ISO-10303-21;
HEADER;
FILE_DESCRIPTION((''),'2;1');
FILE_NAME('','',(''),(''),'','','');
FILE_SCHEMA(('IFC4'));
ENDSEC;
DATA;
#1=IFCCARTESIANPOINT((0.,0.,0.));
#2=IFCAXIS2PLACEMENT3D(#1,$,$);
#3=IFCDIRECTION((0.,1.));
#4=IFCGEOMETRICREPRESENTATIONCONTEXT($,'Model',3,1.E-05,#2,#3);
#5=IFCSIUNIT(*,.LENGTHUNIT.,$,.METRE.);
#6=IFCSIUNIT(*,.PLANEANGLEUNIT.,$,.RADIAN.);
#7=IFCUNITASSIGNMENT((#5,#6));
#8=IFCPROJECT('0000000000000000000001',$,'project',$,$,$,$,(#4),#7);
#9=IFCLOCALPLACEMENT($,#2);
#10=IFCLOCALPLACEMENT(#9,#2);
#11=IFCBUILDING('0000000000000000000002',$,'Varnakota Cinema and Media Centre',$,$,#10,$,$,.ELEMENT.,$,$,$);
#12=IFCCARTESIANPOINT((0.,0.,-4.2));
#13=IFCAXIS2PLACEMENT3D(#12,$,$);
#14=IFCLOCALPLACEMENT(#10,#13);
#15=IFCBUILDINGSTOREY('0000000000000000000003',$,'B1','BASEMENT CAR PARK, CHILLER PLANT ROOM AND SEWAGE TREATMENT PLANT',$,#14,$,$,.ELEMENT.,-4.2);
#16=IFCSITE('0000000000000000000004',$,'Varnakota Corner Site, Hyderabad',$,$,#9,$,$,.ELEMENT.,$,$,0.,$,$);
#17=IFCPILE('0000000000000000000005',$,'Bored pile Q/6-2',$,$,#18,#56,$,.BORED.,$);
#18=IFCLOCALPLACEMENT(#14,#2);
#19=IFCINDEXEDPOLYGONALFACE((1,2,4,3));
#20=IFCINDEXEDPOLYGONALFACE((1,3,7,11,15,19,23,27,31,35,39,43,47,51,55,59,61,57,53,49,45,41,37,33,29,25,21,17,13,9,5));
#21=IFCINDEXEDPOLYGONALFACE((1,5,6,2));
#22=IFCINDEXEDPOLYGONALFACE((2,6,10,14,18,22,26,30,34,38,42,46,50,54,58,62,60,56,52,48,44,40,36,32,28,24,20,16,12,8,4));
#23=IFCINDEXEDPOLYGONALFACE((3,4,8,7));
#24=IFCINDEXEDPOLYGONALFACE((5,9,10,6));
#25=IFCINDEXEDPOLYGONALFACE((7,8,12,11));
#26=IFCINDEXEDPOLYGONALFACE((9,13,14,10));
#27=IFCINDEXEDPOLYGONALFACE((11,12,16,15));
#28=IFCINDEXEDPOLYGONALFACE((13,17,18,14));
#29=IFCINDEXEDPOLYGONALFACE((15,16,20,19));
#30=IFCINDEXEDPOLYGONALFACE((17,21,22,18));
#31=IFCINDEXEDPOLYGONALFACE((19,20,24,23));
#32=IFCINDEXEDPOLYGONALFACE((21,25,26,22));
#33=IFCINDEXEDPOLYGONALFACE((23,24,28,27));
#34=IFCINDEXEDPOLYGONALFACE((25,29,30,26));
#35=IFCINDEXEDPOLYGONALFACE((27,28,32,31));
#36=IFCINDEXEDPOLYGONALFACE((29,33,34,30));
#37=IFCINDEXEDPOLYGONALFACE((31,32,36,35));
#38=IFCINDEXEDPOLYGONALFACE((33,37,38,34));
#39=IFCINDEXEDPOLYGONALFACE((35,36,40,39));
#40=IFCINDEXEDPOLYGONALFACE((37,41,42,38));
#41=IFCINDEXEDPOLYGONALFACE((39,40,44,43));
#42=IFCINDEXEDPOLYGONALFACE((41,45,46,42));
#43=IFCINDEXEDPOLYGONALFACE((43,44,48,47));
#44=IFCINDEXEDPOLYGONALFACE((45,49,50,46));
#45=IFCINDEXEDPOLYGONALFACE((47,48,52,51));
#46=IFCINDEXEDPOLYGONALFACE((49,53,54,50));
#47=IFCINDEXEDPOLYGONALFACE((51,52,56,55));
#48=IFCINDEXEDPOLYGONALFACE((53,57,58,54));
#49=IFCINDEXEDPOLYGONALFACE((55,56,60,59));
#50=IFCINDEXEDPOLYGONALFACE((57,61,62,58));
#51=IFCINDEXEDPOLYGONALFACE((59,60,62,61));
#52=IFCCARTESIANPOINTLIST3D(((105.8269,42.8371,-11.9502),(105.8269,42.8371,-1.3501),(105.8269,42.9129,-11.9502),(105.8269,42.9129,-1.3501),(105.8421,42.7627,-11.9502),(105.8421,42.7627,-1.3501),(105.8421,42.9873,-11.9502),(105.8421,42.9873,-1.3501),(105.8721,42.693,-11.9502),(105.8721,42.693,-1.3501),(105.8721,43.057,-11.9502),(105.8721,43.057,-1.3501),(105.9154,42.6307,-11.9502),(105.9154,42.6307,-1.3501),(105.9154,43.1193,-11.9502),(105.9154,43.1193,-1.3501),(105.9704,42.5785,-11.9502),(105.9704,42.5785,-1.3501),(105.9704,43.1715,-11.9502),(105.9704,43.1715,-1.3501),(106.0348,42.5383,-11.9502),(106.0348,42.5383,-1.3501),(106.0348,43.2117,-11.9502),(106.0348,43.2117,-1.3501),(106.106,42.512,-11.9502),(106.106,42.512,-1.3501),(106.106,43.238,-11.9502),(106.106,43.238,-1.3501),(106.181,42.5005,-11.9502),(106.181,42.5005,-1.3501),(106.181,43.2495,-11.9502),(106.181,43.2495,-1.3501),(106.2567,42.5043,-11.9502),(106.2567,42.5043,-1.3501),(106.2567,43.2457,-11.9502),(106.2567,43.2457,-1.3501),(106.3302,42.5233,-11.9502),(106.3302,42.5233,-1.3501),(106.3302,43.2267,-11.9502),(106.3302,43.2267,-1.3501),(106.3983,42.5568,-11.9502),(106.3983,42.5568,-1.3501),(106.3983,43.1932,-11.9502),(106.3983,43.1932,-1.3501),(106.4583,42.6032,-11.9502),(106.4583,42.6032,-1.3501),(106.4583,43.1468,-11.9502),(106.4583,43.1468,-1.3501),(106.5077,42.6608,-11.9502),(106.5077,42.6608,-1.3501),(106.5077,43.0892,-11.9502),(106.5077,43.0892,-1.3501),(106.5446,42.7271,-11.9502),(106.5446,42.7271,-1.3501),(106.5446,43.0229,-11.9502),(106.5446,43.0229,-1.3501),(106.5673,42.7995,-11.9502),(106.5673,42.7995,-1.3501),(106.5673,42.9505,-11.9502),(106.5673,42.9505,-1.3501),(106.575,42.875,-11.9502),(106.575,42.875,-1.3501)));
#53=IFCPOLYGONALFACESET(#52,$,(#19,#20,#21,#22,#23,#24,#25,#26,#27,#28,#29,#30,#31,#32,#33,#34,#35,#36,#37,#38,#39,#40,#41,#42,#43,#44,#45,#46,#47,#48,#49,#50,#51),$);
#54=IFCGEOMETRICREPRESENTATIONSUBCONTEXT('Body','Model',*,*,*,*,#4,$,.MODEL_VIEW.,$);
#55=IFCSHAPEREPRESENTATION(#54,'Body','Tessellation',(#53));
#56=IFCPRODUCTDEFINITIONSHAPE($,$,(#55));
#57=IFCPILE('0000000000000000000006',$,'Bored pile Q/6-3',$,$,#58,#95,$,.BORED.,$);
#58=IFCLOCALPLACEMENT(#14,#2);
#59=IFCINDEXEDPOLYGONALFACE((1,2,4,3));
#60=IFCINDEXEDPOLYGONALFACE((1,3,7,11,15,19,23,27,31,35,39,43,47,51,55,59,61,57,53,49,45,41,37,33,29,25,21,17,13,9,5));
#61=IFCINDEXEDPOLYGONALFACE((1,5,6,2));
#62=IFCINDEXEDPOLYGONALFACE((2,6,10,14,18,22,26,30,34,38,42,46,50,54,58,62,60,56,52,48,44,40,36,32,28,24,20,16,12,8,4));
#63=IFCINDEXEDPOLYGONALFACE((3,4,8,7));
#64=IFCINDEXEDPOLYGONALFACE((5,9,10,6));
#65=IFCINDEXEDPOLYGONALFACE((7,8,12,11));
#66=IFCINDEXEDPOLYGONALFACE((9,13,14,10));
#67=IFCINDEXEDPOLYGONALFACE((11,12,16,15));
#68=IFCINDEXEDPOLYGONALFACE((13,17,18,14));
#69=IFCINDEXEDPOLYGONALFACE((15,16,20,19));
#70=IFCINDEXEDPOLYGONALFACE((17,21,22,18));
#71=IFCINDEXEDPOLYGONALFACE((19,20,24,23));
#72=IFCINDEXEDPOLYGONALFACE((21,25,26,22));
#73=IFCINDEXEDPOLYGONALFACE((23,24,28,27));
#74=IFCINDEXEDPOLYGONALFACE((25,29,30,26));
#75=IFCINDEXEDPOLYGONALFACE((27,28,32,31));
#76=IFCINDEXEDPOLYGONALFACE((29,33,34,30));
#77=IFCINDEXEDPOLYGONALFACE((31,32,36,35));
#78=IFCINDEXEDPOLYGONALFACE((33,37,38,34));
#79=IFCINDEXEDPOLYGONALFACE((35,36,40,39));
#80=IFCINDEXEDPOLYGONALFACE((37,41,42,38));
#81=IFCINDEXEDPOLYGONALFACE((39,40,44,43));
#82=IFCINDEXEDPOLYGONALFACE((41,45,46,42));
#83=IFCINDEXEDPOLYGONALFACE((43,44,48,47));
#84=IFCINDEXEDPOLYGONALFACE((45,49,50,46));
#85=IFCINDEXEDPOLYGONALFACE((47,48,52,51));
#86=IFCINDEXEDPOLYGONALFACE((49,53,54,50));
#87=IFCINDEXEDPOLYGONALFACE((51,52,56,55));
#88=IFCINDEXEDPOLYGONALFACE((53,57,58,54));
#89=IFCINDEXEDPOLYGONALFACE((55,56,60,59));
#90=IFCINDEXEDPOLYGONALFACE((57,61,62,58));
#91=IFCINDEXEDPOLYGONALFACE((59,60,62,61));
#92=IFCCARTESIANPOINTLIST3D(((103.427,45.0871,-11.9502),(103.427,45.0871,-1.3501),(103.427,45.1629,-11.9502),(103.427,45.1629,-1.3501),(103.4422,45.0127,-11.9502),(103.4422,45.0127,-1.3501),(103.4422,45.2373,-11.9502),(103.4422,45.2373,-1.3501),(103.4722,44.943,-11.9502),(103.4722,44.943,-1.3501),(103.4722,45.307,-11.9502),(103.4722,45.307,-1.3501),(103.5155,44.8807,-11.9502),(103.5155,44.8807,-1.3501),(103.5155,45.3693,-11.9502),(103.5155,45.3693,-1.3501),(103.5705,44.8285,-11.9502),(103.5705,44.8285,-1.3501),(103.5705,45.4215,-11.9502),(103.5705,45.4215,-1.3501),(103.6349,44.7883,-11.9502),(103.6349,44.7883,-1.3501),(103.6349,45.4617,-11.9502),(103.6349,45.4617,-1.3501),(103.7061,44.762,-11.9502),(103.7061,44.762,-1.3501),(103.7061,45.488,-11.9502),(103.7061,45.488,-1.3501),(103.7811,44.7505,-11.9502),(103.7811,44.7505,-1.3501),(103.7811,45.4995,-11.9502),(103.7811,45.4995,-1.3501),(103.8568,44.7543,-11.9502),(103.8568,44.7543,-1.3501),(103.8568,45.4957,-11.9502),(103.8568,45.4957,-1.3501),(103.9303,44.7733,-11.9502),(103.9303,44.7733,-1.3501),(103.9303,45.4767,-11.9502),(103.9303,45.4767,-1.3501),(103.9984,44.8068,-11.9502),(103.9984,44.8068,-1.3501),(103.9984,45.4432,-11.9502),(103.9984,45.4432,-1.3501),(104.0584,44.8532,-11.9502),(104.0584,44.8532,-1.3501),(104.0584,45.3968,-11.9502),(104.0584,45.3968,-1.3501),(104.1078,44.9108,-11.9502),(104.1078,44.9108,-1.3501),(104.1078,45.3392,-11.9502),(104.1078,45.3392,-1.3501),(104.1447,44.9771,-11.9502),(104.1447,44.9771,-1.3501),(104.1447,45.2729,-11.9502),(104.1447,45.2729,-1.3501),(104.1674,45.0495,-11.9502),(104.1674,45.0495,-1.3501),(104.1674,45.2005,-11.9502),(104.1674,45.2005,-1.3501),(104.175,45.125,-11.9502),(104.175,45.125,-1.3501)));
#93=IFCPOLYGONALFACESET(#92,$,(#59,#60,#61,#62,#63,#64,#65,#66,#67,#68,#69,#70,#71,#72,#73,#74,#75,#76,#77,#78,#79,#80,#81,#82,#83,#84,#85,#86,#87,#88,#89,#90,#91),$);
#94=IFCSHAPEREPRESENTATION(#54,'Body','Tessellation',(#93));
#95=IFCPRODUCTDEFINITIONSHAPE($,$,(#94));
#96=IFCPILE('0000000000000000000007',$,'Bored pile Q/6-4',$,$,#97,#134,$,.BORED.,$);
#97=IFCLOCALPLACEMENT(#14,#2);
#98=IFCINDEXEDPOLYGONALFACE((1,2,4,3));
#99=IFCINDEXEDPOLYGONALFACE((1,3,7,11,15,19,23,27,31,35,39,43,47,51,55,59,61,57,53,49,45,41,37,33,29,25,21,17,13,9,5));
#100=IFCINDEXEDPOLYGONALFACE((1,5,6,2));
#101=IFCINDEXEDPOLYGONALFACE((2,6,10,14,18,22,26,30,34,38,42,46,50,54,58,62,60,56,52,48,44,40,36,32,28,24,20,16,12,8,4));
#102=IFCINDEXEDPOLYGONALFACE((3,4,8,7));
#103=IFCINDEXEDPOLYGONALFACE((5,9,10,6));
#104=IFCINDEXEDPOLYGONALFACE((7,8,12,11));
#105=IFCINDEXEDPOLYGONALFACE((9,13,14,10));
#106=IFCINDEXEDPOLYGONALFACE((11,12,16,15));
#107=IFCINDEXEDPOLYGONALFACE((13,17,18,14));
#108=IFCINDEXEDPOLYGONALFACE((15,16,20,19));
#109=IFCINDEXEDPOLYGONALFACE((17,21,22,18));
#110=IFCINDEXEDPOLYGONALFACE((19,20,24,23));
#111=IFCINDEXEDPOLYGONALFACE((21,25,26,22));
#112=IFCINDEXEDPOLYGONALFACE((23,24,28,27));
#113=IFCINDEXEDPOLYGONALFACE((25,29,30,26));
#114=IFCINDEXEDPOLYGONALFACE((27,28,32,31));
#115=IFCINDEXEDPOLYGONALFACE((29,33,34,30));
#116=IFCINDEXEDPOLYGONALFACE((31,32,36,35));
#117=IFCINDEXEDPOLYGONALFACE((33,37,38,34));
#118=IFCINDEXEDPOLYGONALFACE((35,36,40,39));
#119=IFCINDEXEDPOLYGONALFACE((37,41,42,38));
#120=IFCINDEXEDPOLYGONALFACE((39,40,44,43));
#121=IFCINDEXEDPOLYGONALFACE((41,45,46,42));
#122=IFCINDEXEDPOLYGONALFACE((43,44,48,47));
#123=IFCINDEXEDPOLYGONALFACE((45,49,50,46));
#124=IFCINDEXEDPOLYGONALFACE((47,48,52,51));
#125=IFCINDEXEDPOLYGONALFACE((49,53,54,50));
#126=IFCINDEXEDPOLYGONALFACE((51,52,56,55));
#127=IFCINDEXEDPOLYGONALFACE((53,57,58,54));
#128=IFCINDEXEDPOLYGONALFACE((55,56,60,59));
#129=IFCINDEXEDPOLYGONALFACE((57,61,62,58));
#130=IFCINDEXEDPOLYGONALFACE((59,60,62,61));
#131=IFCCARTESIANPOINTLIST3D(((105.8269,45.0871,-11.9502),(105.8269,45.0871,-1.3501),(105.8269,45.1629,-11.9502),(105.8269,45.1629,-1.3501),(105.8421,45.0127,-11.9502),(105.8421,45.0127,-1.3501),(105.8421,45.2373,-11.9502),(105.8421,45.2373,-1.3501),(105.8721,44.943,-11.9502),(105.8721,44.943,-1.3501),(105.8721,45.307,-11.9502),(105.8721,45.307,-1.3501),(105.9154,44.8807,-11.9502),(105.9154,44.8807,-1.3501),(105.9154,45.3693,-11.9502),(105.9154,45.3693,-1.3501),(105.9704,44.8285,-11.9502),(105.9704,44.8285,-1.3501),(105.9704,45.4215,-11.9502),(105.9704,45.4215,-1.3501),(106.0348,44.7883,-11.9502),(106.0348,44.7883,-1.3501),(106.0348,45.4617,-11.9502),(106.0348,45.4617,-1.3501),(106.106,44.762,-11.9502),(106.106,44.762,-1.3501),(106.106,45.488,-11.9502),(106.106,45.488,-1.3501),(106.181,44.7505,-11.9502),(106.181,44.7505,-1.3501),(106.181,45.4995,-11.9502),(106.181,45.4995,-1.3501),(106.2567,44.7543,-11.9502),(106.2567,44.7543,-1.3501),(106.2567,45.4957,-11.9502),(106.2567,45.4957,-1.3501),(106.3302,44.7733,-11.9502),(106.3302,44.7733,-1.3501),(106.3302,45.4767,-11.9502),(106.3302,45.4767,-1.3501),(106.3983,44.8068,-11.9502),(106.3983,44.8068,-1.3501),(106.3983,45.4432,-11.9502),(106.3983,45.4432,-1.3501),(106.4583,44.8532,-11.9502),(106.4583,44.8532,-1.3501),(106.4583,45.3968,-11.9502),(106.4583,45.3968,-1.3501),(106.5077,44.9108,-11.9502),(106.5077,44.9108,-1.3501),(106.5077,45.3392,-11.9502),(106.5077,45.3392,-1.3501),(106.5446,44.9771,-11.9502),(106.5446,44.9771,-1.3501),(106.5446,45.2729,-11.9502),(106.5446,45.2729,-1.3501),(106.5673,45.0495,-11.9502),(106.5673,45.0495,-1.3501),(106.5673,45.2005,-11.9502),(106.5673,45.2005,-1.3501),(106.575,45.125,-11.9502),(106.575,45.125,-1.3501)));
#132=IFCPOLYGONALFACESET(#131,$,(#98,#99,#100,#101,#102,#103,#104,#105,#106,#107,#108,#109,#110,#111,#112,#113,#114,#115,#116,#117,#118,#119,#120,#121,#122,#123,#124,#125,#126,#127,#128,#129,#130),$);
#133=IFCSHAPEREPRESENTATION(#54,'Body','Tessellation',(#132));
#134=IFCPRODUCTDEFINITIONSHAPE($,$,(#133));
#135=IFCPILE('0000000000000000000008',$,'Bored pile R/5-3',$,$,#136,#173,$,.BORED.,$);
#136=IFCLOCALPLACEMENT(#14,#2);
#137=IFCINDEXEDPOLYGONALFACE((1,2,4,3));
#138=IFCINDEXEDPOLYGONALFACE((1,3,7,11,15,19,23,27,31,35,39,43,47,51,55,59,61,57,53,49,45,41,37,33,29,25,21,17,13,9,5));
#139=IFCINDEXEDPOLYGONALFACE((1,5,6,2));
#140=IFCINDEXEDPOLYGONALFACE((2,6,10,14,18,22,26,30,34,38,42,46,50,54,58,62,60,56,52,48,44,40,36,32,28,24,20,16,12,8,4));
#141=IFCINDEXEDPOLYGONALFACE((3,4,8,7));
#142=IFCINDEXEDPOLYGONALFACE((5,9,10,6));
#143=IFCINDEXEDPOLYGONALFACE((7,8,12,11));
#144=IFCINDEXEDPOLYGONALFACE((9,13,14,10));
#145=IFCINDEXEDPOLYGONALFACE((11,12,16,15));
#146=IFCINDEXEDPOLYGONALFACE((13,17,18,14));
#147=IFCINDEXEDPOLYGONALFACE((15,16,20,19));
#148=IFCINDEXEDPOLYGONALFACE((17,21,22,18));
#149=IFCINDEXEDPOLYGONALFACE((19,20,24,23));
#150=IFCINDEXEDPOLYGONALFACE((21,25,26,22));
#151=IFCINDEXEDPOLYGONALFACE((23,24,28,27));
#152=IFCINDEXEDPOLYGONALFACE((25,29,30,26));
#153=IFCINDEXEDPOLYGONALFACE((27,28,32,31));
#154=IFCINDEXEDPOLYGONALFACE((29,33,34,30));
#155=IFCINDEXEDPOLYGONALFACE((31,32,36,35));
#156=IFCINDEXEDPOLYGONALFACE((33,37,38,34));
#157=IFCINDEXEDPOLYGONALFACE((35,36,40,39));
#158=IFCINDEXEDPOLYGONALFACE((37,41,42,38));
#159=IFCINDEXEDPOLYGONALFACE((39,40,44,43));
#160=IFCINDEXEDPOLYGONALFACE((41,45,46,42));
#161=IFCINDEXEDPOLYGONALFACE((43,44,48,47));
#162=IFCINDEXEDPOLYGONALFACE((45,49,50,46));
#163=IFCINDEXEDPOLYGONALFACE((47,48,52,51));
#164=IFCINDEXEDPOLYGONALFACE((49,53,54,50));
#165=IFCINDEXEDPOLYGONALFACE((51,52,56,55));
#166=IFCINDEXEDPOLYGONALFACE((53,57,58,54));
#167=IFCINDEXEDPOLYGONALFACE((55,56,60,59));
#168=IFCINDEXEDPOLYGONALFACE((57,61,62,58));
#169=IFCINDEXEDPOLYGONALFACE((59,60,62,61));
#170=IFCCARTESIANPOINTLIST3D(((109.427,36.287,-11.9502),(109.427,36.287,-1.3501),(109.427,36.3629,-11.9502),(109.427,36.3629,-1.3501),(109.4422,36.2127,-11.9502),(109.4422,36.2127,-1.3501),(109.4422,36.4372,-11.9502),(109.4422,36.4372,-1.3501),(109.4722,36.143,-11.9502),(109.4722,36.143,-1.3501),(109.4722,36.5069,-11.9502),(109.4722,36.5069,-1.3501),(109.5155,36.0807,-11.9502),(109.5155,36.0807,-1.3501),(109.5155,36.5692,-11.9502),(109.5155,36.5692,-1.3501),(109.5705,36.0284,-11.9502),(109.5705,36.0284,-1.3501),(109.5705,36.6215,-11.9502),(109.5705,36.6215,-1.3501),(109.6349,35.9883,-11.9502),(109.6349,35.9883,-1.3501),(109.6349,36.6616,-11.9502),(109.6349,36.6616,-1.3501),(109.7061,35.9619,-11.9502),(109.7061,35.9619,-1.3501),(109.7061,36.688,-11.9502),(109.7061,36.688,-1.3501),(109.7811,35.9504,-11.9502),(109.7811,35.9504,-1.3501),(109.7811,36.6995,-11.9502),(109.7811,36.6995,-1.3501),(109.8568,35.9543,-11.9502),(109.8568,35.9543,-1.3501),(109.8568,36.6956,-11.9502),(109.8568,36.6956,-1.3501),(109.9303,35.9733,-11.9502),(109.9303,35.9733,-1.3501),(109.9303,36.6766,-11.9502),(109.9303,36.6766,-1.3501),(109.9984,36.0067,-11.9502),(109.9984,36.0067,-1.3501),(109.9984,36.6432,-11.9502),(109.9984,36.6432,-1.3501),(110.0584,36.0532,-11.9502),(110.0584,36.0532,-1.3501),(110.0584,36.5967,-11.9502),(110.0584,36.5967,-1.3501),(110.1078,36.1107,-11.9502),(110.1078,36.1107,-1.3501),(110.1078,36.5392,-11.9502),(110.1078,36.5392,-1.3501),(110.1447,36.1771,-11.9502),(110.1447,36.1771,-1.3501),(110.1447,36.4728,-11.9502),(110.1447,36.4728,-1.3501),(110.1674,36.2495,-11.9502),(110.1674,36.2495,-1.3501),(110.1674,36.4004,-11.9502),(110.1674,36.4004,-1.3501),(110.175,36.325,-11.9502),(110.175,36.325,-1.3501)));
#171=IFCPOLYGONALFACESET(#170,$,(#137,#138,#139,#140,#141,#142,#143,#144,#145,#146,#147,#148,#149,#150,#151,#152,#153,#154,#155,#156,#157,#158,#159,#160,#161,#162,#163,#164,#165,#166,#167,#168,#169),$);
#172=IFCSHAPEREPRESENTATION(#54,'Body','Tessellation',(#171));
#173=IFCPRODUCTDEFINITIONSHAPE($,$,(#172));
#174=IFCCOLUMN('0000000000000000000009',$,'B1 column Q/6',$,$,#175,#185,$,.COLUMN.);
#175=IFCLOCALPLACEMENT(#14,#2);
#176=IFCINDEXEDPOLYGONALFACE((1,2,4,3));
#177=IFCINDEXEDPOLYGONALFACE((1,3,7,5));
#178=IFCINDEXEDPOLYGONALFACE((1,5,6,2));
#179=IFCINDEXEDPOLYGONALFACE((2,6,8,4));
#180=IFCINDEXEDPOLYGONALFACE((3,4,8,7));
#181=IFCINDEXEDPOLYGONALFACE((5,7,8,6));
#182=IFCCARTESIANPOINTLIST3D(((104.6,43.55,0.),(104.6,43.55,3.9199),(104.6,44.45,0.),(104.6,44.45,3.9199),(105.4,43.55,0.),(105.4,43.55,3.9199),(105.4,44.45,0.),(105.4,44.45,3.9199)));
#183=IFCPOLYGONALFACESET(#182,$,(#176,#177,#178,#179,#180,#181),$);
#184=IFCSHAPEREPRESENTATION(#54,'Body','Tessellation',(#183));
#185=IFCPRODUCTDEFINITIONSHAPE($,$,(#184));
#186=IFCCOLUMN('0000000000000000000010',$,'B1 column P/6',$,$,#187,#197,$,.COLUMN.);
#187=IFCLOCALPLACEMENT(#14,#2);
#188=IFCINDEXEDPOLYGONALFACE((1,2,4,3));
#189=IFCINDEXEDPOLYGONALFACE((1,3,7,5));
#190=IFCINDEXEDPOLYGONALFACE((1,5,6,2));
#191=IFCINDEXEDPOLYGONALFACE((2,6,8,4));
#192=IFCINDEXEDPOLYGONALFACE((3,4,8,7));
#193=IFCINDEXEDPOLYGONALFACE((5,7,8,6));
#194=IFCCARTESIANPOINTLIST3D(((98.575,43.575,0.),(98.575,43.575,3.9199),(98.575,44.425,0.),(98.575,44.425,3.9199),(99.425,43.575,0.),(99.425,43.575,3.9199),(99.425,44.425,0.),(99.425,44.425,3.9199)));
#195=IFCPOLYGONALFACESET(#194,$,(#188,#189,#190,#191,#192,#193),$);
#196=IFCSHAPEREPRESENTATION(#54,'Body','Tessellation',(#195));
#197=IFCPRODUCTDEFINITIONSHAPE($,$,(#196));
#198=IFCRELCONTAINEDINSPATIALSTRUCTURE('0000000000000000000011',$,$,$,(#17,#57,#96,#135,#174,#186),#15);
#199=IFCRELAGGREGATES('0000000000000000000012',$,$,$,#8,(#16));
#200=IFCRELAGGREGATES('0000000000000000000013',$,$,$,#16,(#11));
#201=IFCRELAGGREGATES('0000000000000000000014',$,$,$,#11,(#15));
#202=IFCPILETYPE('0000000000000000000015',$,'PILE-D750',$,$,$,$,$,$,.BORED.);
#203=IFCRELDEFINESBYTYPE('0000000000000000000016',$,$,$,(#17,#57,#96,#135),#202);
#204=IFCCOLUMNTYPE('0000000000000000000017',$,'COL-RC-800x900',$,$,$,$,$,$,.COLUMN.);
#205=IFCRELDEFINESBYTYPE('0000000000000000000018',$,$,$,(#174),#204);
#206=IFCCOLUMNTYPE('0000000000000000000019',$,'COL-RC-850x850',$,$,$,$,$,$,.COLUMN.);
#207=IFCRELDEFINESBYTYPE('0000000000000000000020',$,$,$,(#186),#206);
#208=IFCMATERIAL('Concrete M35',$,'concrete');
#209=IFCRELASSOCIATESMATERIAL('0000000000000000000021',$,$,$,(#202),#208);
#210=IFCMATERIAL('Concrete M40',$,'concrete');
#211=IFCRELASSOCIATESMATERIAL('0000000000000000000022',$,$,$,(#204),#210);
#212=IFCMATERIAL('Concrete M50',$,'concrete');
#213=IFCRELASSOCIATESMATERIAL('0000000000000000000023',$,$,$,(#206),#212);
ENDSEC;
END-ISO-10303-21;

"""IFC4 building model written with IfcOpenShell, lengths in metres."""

from ifc_helpers import new_model, si_unit, direction, frame, origin, origin_2d, place, context, subcontext, project, spatial, rectangle, circle, extrude, material, material_profile, profile_set, type_object, element, save


model = new_model("IFC4")

# Units and contexts
model_context = context("Model", 3, precision=1e-05, world=origin(), true_north=direction((0.0, 1.0)))
body_context = subcontext(model_context, "Body", "Model", "MODEL_VIEW")
ifc_project = project(units=[si_unit("LENGTHUNIT", "METRE"), si_unit("PLANEANGLEUNIT", "RADIAN")], contexts=[model_context])

# Site, building, storey
site_placement = place(None, origin())
site = spatial("IfcSite", under=ifc_project, at=site_placement, Name="Varnakota Corner Site, Hyderabad", CompositionType="ELEMENT", RefElevation=0.0)
building_placement = place(site_placement, origin())
building = spatial("IfcBuilding", under=site, at=building_placement, Name="Varnakota Cinema and Media Centre", CompositionType="ELEMENT")
storey_placement = place(building_placement, frame((0.0, 0.0, -4.2)))
storey = spatial("IfcBuildingStorey", under=building, at=storey_placement, Name="B1", Description="BASEMENT CAR PARK, CHILLER PLANT ROOM AND SEWAGE TREATMENT PLANT", CompositionType="ELEMENT", Elevation=-4.2)

# Piles
ifc_material_1 = material(Name="Concrete M35", Category="concrete")
ifc_material_profile_1 = material_profile(ifc_material_1, circle(Radius=0.375, at=origin_2d()), Name="PILE D750")
ifc_profile_set_1 = profile_set([ifc_material_profile_1], Name="Concrete M35")
pile_type = type_object("IfcPileType", Name="PILE-D750", PredefinedType="BORED", material=ifc_profile_set_1)
for number, where, z_axis, x_axis, name in (
    (1, (106.2, 42.875, -1.3501), (0.0, 0.0, -1.0), (1.0, 0.0, 0.0), "Bored pile Q/6-2"),
    (2, (103.8, 45.125, -1.3501), (0.0, 0.0, -1.0), (1.0, 0.0, 0.0), "Bored pile Q/6-3"),
    (3, (106.2, 45.125, -1.3501), (0.0, 0.0, -1.0), (1.0, 0.0, 0.0), "Bored pile Q/6-4"),
    (4, (109.8, 36.325, -1.3501), (0.0, 0.0, -1.0), (1.0, 0.0, 0.0), "Bored pile R/5-3"),
):
    element("IfcPile", number, at=place(storey_placement, frame(where, z_axis=z_axis, x_axis=x_axis)), inside=storey, type_object=pile_type, Name=name, PredefinedType="BORED", context=body_context, shape_type="SweptSolid", body=[
        extrude(circle(Radius=0.375, at=origin_2d()), origin(), (0.0, 0.0, 1.0), 10.6001),
    ])

# Columns
ifc_material_2 = material(Name="Concrete M40", Category="concrete")
ifc_material_profile_2 = material_profile(ifc_material_2, rectangle(XDim=0.8, YDim=0.8999, at=origin_2d()), Name="RC 800x900")
ifc_profile_set_2 = profile_set([ifc_material_profile_2], Name="Concrete M40")
column_type_1 = type_object("IfcColumnType", Name="COL-RC-800x900", PredefinedType="COLUMN", material=ifc_profile_set_2)
column_1_placement = place(storey_placement, frame((105.0, 44.0, 0.0), z_axis=(0.0, 0.0, 1.0), x_axis=(1.0, 0.0, 0.0)))
element("IfcColumn", 5, at=column_1_placement, inside=storey, type_object=column_type_1, Name="B1 column Q/6", PredefinedType="COLUMN", context=body_context, shape_type="SweptSolid", body=[
    extrude(rectangle(XDim=0.8, YDim=0.8999, at=origin_2d()), origin(), (0.0, 0.0, 1.0), 3.9199),
])
ifc_material_3 = material(Name="Concrete M50", Category="concrete")
ifc_material_profile_3 = material_profile(ifc_material_3, rectangle(XDim=0.8501, YDim=0.8501, at=origin_2d()), Name="RC 850x850")
ifc_profile_set_3 = profile_set([ifc_material_profile_3], Name="Concrete M50")
column_type_2 = type_object("IfcColumnType", Name="COL-RC-850x850", PredefinedType="COLUMN", material=ifc_profile_set_3)
column_2_placement = place(storey_placement, frame((99.0, 44.0, 0.0), z_axis=(0.0, 0.0, 1.0), x_axis=(1.0, 0.0, 0.0)))
element("IfcColumn", 6, at=column_2_placement, inside=storey, type_object=column_type_2, Name="B1 column P/6", PredefinedType="COLUMN", context=body_context, shape_type="SweptSolid", body=[
    extrude(rectangle(XDim=0.8501, YDim=0.8501, at=origin_2d()), origin(), (0.0, 0.0, 1.0), 3.9199),
])

save(model, "model.ifc")
